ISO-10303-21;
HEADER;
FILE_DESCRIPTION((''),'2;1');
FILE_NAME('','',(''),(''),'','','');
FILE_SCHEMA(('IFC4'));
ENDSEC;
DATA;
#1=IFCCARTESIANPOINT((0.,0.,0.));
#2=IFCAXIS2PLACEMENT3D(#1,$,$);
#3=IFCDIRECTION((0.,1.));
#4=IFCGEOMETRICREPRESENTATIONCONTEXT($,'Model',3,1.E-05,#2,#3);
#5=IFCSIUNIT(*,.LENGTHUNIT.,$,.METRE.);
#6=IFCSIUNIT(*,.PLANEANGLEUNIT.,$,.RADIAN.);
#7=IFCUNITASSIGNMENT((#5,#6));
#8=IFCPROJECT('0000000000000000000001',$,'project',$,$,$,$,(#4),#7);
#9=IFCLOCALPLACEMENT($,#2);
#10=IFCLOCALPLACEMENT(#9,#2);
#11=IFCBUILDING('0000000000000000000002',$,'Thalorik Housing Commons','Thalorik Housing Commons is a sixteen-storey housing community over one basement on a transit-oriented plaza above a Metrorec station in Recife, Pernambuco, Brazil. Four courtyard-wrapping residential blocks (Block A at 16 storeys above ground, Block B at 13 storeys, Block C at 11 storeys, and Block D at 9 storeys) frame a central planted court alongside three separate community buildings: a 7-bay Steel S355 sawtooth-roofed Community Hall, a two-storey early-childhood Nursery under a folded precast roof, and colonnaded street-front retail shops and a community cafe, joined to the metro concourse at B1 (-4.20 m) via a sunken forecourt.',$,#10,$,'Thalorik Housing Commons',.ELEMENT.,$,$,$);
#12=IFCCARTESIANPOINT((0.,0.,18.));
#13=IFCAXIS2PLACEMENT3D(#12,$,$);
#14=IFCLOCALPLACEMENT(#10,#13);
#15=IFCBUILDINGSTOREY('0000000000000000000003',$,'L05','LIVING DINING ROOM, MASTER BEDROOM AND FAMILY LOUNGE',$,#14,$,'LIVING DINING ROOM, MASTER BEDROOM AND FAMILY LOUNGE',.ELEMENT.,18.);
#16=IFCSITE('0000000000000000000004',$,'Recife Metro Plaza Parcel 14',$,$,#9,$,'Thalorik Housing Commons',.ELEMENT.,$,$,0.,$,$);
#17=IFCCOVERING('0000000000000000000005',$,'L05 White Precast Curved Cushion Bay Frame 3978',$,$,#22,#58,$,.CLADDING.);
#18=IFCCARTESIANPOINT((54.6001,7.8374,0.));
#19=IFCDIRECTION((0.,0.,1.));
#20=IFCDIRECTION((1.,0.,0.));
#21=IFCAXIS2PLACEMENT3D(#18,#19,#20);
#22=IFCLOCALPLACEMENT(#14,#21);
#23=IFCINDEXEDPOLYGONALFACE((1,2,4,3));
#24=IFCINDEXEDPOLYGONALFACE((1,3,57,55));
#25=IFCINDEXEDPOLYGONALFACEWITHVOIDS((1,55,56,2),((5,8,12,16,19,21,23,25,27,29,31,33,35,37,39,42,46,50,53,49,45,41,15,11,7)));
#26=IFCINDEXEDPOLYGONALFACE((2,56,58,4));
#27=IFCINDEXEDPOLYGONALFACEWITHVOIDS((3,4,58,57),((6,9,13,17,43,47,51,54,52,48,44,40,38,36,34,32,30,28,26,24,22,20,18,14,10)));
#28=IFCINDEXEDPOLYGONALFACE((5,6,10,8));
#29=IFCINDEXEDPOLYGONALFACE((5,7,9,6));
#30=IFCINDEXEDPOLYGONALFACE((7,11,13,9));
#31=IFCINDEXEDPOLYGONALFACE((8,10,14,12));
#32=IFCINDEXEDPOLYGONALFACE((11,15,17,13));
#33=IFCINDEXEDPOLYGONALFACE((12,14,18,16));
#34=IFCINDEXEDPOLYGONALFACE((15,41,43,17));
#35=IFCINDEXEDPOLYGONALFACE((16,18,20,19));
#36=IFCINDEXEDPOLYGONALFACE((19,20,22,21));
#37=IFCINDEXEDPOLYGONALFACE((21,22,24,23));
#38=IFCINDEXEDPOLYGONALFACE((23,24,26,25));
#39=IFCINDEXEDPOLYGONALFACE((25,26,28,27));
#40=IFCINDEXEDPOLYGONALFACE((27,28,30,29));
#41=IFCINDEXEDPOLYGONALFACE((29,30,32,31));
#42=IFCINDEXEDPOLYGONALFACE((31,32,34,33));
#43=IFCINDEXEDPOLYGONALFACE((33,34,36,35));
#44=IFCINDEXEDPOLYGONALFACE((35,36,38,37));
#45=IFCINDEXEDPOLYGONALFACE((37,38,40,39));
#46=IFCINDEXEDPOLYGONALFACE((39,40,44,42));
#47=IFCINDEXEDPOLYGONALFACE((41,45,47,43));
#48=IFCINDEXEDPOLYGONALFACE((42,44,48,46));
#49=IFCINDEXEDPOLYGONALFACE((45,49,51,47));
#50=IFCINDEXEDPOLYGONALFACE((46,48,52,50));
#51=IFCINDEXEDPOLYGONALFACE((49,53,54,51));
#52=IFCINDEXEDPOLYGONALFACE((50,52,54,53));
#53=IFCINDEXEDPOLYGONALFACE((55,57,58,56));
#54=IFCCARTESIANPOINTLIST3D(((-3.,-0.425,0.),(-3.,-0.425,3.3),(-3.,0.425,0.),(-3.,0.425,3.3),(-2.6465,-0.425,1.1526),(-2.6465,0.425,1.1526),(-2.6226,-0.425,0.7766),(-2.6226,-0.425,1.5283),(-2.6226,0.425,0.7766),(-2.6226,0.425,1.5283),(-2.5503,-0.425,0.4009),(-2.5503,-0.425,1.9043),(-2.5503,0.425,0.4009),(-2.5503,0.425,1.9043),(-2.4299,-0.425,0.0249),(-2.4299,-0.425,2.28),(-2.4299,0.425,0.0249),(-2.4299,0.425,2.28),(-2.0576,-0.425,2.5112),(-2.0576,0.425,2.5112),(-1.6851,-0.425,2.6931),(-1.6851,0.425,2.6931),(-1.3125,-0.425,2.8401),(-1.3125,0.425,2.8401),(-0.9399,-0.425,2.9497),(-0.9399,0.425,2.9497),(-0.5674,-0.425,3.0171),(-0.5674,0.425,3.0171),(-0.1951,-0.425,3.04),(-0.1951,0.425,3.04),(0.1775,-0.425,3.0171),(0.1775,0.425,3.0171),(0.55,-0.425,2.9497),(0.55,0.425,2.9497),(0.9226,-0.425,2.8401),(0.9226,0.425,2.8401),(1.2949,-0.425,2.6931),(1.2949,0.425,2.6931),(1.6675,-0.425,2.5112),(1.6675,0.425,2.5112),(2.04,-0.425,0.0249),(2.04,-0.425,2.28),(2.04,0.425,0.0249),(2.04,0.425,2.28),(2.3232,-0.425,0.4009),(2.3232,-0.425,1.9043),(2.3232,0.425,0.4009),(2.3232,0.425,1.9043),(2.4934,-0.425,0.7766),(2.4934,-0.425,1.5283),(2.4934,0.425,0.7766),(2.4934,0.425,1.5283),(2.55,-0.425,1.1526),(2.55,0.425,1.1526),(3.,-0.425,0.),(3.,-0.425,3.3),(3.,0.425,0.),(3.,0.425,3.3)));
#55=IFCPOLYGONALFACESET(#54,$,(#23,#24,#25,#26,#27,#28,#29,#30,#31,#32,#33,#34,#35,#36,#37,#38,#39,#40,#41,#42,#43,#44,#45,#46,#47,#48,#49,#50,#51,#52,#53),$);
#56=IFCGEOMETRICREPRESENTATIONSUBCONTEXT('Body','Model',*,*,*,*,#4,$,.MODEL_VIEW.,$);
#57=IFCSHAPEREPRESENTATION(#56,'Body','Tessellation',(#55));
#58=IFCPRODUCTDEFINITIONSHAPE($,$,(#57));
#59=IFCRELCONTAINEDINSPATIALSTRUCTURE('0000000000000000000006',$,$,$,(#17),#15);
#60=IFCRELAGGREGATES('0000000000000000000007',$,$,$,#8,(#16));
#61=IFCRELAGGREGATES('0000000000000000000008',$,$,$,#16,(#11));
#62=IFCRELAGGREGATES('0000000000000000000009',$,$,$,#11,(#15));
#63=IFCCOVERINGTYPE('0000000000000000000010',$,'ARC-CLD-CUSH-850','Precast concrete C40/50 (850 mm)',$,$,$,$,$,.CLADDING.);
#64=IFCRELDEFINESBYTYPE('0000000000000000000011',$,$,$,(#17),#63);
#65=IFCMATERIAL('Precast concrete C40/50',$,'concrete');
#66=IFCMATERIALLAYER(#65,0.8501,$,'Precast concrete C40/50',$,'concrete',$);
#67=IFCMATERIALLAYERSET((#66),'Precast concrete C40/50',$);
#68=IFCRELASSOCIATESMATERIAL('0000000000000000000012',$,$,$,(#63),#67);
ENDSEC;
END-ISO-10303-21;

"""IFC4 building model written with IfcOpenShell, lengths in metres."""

from ifc_helpers import new_model, si_unit, direction, frame, origin, place, context, subcontext, project, spatial, polyline, outline, extrude, material, layer, layer_set, type_object, element, save


model = new_model("IFC4")

# Units and contexts
model_context = context("Model", 3, precision=1e-05, world=origin(), true_north=direction((0.0, 1.0)))
body_context = subcontext(model_context, "Body", "Model", "MODEL_VIEW")
ifc_project = project(units=[si_unit("LENGTHUNIT", "METRE"), si_unit("PLANEANGLEUNIT", "RADIAN")], contexts=[model_context])

# Site, building, storey
site_placement = place(None, origin())
site = spatial("IfcSite", under=ifc_project, at=site_placement, Name="Recife Metro Plaza Parcel 14", LongName="Thalorik Housing Commons", CompositionType="ELEMENT", RefElevation=0.0)
building_placement = place(site_placement, origin())
building = spatial("IfcBuilding", under=site, at=building_placement, Name="Thalorik Housing Commons", Description="Thalorik Housing Commons is a sixteen-storey housing community over one basement on a transit-oriented plaza above a Metrorec station in Recife, Pernambuco, Brazil. Four courtyard-wrapping residential blocks (Block A at 16 storeys above ground, Block B at 13 storeys, Block C at 11 storeys, and Block D at 9 storeys) frame a central planted court alongside three separate community buildings: a 7-bay Steel S355 sawtooth-roofed Community Hall, a two-storey early-childhood Nursery under a folded precast roof, and colonnaded street-front retail shops and a community cafe, joined to the metro concourse at B1 (-4.20 m) via a sunken forecourt.", LongName="Thalorik Housing Commons", CompositionType="ELEMENT")
storey_placement = place(building_placement, frame((0.0, 0.0, 18.0)))
storey = spatial("IfcBuildingStorey", under=building, at=storey_placement, Name="L05", Description="LIVING DINING ROOM, MASTER BEDROOM AND FAMILY LOUNGE", LongName="LIVING DINING ROOM, MASTER BEDROOM AND FAMILY LOUNGE", CompositionType="ELEMENT", Elevation=18.0)

# Shared definitions
ifc_material_1 = material(Name="Precast concrete C40/50", Category="concrete")

# Covering
ifc_layer_1 = layer(ifc_material_1, 0.8501, Name="Precast concrete C40/50", Category="concrete")
ifc_layer_set_1 = layer_set([ifc_layer_1], Name="Precast concrete C40/50")
covering_type_1 = type_object("IfcCoveringType", Name="ARC-CLD-CUSH-850", Description="Precast concrete C40/50 (850 mm)", PredefinedType="CLADDING", material=ifc_layer_set_1)
covering_1_placement = place(storey_placement, frame((54.6001, 7.8374, 0.0), z_axis=(0.0, 0.0, 1.0), x_axis=(1.0, 0.0, 0.0)))
element("IfcCovering", 1, at=covering_1_placement, inside=storey, type_object=covering_type_1, Name="L05 White Precast Curved Cushion Bay Frame 3978", PredefinedType="CLADDING", context=body_context, shape_type="SweptSolid", body=[
    extrude(outline(polyline([(-3.0, 0.0), (3.0, 0.0), (3.0, 3.3), (-3.0, 3.3), (-3.0, 0.0)]), holes=[polyline([(2.04, 0.0249), (2.3232, 0.4009), (2.4934, 0.7766), (2.55, 1.1526), (2.4934, 1.5283), (2.3232, 1.9043), (2.04, 2.28), (1.6675, 2.5112), (1.2949, 2.6931), (0.9226, 2.8401), (0.55, 2.9497), (0.1775, 3.0171), (-0.1951, 3.04), (-0.5674, 3.0171), (-0.9399, 2.9497), (-1.3125, 2.8401), (-1.6851, 2.6931), (-2.0576, 2.5112), (-2.4299, 2.28), (-2.5503, 1.9043), (-2.6226, 1.5283), (-2.6465, 1.1526), (-2.6226, 0.7766), (-2.5503, 0.4009), (-2.4299, 0.0249), (2.04, 0.0249)])]), frame((0.0, 0.425, 0.0), z_axis=(0.0, -1.0, 0.0), x_axis=(1.0, 0.0, 0.0)), (0.0, 0.0, 1.0), 0.8501),
])

save(model, "model.ifc")
